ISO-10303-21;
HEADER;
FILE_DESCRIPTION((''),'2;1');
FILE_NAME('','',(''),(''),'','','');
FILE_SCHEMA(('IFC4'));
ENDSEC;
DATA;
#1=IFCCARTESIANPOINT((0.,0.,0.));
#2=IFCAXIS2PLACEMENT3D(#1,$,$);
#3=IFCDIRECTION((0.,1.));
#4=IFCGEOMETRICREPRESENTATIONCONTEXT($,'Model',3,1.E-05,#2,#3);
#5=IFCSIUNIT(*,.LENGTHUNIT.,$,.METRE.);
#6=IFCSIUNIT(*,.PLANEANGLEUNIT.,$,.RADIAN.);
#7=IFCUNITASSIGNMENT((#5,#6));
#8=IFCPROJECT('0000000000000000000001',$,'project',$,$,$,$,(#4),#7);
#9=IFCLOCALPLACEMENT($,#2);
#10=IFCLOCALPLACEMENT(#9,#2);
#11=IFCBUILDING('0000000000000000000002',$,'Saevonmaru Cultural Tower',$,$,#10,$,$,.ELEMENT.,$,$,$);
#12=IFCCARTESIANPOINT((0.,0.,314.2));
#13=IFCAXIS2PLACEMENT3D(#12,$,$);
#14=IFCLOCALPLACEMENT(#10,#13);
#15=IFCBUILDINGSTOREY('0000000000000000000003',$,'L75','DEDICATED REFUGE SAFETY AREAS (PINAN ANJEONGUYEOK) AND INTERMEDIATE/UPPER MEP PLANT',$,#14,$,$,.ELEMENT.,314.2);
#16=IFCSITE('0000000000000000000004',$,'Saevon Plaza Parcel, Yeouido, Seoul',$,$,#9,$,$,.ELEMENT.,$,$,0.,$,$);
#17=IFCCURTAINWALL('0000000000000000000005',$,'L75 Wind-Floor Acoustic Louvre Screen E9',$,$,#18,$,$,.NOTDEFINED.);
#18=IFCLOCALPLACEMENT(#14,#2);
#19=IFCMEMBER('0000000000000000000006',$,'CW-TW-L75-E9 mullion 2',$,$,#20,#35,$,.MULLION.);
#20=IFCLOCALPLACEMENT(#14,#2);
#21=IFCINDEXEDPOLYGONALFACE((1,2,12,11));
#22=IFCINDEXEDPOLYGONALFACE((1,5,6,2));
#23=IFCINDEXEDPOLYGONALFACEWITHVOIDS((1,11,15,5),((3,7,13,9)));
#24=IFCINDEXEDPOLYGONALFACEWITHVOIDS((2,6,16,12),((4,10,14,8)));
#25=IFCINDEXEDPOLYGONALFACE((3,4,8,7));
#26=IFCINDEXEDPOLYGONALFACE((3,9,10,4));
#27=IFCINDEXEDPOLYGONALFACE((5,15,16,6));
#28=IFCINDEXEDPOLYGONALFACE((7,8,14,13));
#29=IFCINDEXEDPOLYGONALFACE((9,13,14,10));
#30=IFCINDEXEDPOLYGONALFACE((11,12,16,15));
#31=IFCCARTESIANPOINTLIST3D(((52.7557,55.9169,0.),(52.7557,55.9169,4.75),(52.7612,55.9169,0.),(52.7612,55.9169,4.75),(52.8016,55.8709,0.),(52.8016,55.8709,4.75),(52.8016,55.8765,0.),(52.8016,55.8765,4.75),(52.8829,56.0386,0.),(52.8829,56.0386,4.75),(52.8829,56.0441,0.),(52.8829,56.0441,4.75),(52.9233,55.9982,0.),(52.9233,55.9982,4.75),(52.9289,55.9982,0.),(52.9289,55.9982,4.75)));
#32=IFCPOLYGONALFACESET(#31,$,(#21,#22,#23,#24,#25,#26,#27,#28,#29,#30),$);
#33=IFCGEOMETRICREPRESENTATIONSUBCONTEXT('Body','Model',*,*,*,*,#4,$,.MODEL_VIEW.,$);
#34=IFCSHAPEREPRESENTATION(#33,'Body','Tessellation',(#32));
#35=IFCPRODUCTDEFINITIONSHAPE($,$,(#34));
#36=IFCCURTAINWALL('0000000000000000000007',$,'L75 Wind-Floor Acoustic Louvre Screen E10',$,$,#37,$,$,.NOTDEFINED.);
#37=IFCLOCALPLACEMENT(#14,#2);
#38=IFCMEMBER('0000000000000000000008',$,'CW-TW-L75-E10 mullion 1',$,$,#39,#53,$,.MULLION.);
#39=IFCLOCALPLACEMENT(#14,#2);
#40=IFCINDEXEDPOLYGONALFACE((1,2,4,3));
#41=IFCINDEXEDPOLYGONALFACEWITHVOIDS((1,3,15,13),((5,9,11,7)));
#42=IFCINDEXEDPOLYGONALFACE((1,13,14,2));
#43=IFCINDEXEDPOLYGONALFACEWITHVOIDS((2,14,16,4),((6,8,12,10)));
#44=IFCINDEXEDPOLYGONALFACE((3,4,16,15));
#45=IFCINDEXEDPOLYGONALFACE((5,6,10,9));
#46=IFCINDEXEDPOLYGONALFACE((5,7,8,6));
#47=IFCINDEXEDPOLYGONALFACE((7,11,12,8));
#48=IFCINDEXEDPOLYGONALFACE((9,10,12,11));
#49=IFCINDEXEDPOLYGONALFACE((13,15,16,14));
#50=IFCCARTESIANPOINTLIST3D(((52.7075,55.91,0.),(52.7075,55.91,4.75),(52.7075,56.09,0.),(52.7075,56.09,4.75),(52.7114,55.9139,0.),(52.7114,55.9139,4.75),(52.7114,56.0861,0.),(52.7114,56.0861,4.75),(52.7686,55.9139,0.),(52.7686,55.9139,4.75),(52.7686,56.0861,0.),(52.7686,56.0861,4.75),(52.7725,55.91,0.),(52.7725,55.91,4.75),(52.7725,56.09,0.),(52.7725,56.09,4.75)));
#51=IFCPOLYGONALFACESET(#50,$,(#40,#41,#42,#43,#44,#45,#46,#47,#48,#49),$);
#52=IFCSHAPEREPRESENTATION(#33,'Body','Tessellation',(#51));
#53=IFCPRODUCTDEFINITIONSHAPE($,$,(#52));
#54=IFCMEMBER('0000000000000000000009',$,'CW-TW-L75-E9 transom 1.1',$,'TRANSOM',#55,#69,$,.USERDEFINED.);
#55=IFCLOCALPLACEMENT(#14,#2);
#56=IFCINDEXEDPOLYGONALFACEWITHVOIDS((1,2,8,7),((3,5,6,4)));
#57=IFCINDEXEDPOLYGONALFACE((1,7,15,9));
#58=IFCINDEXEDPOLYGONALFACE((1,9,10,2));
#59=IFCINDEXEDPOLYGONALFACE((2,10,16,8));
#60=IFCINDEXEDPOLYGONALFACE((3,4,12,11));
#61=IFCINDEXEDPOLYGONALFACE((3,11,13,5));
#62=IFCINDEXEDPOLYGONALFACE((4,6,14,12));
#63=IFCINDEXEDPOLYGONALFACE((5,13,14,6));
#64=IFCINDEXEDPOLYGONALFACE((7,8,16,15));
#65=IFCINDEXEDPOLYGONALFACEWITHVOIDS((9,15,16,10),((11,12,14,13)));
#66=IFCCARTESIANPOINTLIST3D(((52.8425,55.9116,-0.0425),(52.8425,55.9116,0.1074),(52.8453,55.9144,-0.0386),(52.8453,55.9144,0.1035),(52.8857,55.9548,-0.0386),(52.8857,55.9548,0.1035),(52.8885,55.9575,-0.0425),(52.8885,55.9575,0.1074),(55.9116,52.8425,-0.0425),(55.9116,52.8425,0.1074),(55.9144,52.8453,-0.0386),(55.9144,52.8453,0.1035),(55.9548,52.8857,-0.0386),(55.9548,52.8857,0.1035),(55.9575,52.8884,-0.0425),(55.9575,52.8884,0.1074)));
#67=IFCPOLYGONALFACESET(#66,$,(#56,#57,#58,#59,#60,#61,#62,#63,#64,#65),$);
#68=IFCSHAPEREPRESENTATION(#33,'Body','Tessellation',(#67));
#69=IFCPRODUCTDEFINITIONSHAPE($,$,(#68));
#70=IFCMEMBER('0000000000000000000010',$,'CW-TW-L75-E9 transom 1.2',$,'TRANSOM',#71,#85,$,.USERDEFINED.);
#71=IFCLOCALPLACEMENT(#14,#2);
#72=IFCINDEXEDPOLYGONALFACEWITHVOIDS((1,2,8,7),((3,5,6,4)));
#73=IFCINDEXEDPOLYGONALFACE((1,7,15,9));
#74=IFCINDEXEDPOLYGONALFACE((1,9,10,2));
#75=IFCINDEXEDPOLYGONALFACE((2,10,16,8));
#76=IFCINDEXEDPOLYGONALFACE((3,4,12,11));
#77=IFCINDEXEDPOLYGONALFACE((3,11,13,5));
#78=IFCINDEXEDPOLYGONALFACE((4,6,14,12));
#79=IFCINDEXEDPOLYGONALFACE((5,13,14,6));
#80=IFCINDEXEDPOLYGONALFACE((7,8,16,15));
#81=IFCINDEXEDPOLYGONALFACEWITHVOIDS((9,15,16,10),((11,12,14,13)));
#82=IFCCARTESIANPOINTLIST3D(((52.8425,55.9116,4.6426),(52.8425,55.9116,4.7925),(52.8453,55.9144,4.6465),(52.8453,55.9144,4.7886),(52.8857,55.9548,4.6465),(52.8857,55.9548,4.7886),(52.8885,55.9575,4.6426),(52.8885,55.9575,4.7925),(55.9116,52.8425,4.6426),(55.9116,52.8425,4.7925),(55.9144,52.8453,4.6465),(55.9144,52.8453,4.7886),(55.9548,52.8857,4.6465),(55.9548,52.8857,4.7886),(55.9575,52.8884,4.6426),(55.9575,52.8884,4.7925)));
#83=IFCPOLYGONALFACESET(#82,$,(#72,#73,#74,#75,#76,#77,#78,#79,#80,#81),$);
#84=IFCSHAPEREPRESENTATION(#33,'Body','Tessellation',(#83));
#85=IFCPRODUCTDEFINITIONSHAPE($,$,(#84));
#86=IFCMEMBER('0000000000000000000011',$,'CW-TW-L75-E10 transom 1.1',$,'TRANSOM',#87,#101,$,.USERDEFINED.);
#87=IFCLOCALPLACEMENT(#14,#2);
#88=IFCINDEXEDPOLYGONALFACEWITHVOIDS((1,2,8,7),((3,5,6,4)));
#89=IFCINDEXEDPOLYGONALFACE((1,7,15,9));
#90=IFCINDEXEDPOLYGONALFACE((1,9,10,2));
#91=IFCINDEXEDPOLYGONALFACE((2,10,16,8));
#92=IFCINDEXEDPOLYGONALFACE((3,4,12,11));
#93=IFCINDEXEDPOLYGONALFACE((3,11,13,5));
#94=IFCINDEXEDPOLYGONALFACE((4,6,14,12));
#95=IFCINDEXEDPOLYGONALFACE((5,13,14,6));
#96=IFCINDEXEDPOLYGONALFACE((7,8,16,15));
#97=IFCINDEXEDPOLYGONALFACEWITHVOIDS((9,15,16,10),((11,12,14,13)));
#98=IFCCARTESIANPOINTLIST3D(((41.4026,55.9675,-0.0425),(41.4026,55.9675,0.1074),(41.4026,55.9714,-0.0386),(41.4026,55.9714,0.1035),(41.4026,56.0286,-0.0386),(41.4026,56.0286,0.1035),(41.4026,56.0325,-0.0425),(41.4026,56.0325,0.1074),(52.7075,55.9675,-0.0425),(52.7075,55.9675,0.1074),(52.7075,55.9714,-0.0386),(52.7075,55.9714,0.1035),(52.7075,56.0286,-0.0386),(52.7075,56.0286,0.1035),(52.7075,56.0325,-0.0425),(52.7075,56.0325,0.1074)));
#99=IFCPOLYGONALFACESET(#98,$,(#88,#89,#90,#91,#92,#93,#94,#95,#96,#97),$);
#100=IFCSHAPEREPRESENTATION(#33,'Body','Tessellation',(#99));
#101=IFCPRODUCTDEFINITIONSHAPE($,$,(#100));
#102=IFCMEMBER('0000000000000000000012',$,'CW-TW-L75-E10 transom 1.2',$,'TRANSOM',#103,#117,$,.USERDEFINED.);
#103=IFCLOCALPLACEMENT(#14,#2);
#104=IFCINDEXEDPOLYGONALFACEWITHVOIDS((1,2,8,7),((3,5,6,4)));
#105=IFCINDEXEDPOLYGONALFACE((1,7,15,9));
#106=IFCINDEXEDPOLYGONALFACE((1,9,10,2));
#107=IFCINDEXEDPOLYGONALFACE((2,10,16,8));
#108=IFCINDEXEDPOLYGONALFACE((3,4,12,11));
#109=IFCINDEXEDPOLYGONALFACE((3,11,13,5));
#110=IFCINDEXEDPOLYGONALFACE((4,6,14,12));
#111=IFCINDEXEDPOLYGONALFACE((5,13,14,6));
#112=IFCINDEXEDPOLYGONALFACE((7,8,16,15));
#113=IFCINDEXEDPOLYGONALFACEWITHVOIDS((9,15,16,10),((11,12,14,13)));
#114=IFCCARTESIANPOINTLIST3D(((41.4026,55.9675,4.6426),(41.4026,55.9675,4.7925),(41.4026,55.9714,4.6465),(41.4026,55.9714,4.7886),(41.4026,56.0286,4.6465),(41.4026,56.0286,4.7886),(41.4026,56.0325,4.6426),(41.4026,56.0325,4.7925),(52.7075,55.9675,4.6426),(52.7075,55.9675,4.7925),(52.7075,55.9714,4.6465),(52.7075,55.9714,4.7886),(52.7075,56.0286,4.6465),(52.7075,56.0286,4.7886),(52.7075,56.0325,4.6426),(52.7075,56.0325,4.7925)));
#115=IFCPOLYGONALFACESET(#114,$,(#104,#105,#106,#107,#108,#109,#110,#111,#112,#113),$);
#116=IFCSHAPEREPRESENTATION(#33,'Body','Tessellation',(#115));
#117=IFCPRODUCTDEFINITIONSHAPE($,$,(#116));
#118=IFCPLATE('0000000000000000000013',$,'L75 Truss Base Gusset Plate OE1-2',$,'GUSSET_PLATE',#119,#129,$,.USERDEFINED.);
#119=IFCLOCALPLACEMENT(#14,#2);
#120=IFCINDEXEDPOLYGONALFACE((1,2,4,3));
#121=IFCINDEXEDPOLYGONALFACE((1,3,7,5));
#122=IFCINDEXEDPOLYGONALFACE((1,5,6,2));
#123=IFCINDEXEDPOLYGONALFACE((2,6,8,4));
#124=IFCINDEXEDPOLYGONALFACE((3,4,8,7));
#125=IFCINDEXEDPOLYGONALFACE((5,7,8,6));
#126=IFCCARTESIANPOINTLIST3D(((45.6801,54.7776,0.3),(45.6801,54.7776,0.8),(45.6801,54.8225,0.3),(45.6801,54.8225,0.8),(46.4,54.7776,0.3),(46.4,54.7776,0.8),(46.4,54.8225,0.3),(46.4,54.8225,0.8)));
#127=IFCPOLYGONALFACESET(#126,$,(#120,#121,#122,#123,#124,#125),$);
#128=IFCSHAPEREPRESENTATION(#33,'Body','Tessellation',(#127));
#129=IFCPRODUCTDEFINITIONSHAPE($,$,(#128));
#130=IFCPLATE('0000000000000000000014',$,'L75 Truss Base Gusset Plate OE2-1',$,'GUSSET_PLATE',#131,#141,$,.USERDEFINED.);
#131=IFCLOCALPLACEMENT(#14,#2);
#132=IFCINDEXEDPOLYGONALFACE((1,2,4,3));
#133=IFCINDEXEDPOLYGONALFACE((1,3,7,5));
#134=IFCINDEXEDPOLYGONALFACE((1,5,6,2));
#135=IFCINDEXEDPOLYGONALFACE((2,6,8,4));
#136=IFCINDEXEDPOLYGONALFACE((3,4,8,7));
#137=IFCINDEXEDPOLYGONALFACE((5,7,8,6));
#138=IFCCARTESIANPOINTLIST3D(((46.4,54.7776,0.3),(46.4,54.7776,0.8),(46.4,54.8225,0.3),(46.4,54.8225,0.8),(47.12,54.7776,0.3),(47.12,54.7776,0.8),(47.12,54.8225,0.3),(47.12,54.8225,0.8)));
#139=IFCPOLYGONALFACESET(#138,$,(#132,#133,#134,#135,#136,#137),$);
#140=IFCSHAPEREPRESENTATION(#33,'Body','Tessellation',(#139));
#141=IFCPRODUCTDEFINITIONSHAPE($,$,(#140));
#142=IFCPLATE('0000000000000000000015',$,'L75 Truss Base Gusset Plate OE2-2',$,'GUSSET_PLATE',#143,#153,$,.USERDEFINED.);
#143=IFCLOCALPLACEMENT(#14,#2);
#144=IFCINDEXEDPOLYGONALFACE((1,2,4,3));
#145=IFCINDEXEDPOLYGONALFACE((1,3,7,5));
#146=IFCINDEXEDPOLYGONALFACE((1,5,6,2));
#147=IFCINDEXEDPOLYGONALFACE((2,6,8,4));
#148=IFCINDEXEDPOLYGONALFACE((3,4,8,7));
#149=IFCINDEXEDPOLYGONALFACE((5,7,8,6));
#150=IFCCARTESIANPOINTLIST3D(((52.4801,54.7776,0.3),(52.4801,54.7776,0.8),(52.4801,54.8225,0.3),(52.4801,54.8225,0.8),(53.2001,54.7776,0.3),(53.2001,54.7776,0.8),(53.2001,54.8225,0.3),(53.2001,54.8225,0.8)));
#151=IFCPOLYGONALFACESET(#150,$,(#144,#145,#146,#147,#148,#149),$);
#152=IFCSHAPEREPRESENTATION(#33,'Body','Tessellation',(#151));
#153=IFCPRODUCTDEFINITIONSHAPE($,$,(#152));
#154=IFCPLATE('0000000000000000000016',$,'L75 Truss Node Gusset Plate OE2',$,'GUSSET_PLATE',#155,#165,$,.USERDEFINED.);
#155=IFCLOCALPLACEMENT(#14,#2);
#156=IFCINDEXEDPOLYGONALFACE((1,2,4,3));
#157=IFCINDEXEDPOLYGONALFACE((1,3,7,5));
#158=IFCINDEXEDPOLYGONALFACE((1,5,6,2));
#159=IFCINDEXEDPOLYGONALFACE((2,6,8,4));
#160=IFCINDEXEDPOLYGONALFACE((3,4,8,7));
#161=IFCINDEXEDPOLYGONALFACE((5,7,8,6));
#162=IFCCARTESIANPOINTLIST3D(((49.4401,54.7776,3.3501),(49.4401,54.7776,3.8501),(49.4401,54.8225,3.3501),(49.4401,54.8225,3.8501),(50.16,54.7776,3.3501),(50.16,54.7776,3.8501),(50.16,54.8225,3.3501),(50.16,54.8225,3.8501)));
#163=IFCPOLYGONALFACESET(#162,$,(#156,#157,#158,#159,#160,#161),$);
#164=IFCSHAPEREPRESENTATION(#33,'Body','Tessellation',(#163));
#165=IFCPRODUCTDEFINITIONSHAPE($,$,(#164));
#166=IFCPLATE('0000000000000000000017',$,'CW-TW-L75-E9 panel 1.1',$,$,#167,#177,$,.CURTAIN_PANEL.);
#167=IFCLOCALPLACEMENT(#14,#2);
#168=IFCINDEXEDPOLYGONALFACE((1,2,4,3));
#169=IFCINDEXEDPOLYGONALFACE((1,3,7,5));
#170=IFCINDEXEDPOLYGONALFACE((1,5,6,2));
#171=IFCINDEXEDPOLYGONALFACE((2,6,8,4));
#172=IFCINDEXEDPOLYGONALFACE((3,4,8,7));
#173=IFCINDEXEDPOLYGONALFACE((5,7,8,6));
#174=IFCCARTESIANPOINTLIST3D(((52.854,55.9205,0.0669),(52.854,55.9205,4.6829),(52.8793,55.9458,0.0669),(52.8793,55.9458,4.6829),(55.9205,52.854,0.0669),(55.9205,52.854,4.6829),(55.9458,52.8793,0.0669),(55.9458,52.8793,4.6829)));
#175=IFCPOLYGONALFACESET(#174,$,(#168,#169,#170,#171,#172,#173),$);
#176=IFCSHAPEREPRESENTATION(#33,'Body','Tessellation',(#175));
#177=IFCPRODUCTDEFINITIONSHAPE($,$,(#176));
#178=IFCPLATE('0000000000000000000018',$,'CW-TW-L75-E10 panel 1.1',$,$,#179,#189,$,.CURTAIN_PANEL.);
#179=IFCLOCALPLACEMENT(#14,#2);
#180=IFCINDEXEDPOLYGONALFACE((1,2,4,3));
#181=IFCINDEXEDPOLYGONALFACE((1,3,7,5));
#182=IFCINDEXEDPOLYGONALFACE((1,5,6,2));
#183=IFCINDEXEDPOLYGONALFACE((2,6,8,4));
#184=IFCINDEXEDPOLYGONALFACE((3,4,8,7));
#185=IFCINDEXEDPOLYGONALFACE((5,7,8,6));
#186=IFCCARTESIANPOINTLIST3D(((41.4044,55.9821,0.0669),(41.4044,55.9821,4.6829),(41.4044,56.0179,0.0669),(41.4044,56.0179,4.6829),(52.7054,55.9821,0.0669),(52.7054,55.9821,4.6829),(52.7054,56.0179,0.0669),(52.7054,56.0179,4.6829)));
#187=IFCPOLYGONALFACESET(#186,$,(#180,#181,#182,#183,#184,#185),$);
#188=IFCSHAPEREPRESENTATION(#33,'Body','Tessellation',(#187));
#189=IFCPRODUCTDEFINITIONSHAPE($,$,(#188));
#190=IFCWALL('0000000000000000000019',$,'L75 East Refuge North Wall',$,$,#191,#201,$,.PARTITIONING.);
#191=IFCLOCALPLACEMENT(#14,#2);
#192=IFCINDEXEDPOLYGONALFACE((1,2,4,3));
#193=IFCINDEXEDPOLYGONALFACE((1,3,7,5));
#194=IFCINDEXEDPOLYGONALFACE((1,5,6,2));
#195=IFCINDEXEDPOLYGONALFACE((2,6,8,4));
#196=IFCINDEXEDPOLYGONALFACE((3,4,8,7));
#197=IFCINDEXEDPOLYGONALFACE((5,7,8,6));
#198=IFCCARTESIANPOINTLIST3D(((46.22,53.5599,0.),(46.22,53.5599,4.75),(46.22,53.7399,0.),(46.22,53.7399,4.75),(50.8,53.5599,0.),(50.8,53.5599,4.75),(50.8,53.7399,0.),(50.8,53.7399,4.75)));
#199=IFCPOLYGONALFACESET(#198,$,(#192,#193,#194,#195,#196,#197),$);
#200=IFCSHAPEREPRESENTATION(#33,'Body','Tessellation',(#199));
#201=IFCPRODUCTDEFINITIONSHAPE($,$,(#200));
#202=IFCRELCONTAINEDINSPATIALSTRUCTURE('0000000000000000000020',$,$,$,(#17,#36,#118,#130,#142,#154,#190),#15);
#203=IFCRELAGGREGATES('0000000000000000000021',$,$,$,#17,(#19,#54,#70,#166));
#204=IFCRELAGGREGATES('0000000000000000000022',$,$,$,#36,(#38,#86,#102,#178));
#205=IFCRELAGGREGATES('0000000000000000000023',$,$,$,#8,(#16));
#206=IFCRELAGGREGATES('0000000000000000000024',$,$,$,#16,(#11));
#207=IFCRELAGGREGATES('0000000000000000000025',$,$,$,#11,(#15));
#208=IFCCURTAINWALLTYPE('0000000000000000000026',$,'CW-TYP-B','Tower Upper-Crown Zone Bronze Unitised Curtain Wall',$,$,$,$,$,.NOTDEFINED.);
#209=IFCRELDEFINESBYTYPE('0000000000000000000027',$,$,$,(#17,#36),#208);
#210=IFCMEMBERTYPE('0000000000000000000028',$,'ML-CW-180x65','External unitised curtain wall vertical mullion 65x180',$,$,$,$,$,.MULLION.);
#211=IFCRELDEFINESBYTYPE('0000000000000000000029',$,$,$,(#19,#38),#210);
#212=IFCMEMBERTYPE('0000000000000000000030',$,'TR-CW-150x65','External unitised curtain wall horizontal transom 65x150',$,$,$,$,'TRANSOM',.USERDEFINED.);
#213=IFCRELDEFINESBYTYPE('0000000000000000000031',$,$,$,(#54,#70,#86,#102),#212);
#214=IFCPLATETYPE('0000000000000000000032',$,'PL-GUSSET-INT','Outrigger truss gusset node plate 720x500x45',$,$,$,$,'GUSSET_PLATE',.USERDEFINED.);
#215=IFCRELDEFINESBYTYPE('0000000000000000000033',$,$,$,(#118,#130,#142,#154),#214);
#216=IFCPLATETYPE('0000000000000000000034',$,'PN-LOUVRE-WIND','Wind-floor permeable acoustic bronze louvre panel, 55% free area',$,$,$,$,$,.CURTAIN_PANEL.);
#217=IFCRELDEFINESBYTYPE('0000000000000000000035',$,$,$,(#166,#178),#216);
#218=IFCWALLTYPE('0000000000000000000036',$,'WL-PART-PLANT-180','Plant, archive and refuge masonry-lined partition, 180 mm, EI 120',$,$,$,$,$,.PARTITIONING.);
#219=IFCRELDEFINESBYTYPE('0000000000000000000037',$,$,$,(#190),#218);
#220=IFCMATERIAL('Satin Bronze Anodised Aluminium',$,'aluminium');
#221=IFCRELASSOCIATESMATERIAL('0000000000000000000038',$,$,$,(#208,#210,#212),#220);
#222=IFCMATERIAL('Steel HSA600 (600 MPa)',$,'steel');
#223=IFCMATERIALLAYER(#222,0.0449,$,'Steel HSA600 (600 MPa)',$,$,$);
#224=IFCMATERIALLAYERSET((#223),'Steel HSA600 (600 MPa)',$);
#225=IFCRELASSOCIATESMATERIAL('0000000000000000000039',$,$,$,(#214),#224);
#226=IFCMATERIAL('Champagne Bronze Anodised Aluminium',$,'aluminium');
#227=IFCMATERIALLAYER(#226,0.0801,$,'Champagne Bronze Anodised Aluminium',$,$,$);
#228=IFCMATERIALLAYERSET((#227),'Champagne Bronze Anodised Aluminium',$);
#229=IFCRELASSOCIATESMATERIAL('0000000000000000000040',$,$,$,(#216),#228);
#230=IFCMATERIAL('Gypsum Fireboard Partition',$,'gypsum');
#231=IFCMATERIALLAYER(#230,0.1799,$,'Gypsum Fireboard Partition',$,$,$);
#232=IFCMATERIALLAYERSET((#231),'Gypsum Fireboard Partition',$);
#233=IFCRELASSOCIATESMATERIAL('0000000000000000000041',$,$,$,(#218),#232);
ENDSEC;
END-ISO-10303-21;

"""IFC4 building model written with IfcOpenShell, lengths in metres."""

from ifc_helpers import new_model, si_unit, direction, frame, frame_2d, origin, origin_2d, place, context, subcontext, project, spatial, rectangle, hollow_rectangle, extrude, material, layer, layer_set, material_profile, profile_set, type_object, element, aggregate, save


model = new_model("IFC4")

# Units and contexts
model_context = context("Model", 3, precision=1e-05, world=origin(), true_north=direction((0.0, 1.0)))
body_context = subcontext(model_context, "Body", "Model", "MODEL_VIEW")
ifc_project = project(units=[si_unit("LENGTHUNIT", "METRE"), si_unit("PLANEANGLEUNIT", "RADIAN")], contexts=[model_context])

# Site, building, storey
site_placement = place(None, origin())
site = spatial("IfcSite", under=ifc_project, at=site_placement, Name="Saevon Plaza Parcel, Yeouido, Seoul", CompositionType="ELEMENT", RefElevation=0.0)
building_placement = place(site_placement, origin())
building = spatial("IfcBuilding", under=site, at=building_placement, Name="Saevonmaru Cultural Tower", CompositionType="ELEMENT")
storey_placement = place(building_placement, frame((0.0, 0.0, 314.2)))
storey = spatial("IfcBuildingStorey", under=building, at=storey_placement, Name="L75", Description="DEDICATED REFUGE SAFETY AREAS (PINAN ANJEONGUYEOK) AND INTERMEDIATE/UPPER MEP PLANT", CompositionType="ELEMENT", Elevation=314.2)

# Shared definitions
ifc_material_1 = material(Name="Satin Bronze Anodised Aluminium", Category="aluminium")
curtain_wall_type = type_object("IfcCurtainWallType", Name="CW-TYP-B", Description="Tower Upper-Crown Zone Bronze Unitised Curtain Wall", PredefinedType="NOTDEFINED", material=ifc_material_1)
ifc_material_profile_1 = material_profile(ifc_material_1, hollow_rectangle(XDim=0.0649, YDim=0.1799, WallThickness=0.0039, at=origin_2d()), Name="ALU-MULL-180x65x4")
ifc_profile_set_1 = profile_set([ifc_material_profile_1], Name="Satin Bronze Anodised Aluminium")
member_type_1 = type_object("IfcMemberType", Name="ML-CW-180x65", Description="External unitised curtain wall vertical mullion 65x180", PredefinedType="MULLION", material=ifc_profile_set_1)

# Curtain wall, member
curtain_wall_1_placement = place(storey_placement, origin())
curtain_wall_1 = element("IfcCurtainWall", 1, at=curtain_wall_1_placement, inside=storey, type_object=curtain_wall_type, Name="L75 Wind-Floor Acoustic Louvre Screen E9", PredefinedType="NOTDEFINED")
member_1_placement = place(storey_placement, frame((52.8423, 55.9575, 0.0), z_axis=(0.0, 0.0, 1.0), x_axis=(-0.707107, 0.707107, 0.0)))
member_1 = element("IfcMember", 2, at=member_1_placement, type_object=member_type_1, Name="CW-TW-L75-E9 mullion 2", PredefinedType="MULLION", context=body_context, shape_type="SweptSolid", body=[
    extrude(hollow_rectangle(XDim=0.0649, YDim=0.1799, WallThickness=0.0039, at=origin_2d()), origin(), (0.0, 0.0, 1.0), 4.75),
])

# Curtain wall, member
curtain_wall_2_placement = place(storey_placement, origin())
curtain_wall_2 = element("IfcCurtainWall", 3, at=curtain_wall_2_placement, inside=storey, type_object=curtain_wall_type, Name="L75 Wind-Floor Acoustic Louvre Screen E10", PredefinedType="NOTDEFINED")
member_2_placement = place(storey_placement, frame((52.74, 56.0, 0.0), z_axis=(0.0, 0.0, 1.0), x_axis=(-1.0, 0.0, 0.0)))
member_2 = element("IfcMember", 4, at=member_2_placement, type_object=member_type_1, Name="CW-TW-L75-E10 mullion 1", PredefinedType="MULLION", context=body_context, shape_type="SweptSolid", body=[
    extrude(hollow_rectangle(XDim=0.0649, YDim=0.1799, WallThickness=0.0039, at=origin_2d()), origin(), (0.0, 0.0, 1.0), 4.75),
])

# Members
ifc_material_profile_2 = material_profile(ifc_material_1, hollow_rectangle(XDim=0.0649, YDim=0.1499, WallThickness=0.0039, at=origin_2d()), Name="ALU-TRAN-150x65x4")
ifc_profile_set_2 = profile_set([ifc_material_profile_2], Name="Satin Bronze Anodised Aluminium")
member_type_2 = type_object("IfcMemberType", Name="TR-CW-150x65", Description="External unitised curtain wall horizontal transom 65x150", ElementType="TRANSOM", PredefinedType="USERDEFINED", material=ifc_profile_set_2)
member_3_placement = place(storey_placement, frame((55.9346, 52.8655, 0.0325), z_axis=(-0.707107, 0.707107, 0.0), x_axis=(-0.707107, -0.707107, 0.0)))
member_3 = element("IfcMember", 5, at=member_3_placement, type_object=member_type_2, Name="CW-TW-L75-E9 transom 1.1", ObjectType="TRANSOM", PredefinedType="USERDEFINED", context=body_context, shape_type="SweptSolid", body=[
    extrude(hollow_rectangle(XDim=0.0649, YDim=0.1499, WallThickness=0.0039, at=origin_2d()), origin(), (0.0, 0.0, 1.0), 4.3403),
])
member_4_placement = place(storey_placement, frame((55.9346, 52.8655, 4.7175), z_axis=(-0.707107, 0.707107, 0.0), x_axis=(-0.707107, -0.707107, 0.0)))
member_4 = element("IfcMember", 6, at=member_4_placement, type_object=member_type_2, Name="CW-TW-L75-E9 transom 1.2", ObjectType="TRANSOM", PredefinedType="USERDEFINED", context=body_context, shape_type="SweptSolid", body=[
    extrude(hollow_rectangle(XDim=0.0649, YDim=0.1499, WallThickness=0.0039, at=origin_2d()), origin(), (0.0, 0.0, 1.0), 4.3403),
])
member_5_placement = place(storey_placement, frame((52.7075, 56.0, 0.0325), z_axis=(-1.0, 0.0, 0.0), x_axis=(0.0, -1.0, 0.0)))
member_5 = element("IfcMember", 7, at=member_5_placement, type_object=member_type_2, Name="CW-TW-L75-E10 transom 1.1", ObjectType="TRANSOM", PredefinedType="USERDEFINED", context=body_context, shape_type="SweptSolid", body=[
    extrude(hollow_rectangle(XDim=0.0649, YDim=0.1499, WallThickness=0.0039, at=origin_2d()), origin(), (0.0, 0.0, 1.0), 11.3049),
])
member_6_placement = place(storey_placement, frame((52.7075, 56.0, 4.7175), z_axis=(-1.0, 0.0, 0.0), x_axis=(0.0, -1.0, 0.0)))
member_6 = element("IfcMember", 8, at=member_6_placement, type_object=member_type_2, Name="CW-TW-L75-E10 transom 1.2", ObjectType="TRANSOM", PredefinedType="USERDEFINED", context=body_context, shape_type="SweptSolid", body=[
    extrude(hollow_rectangle(XDim=0.0649, YDim=0.1499, WallThickness=0.0039, at=origin_2d()), origin(), (0.0, 0.0, 1.0), 11.3049),
])

# Plates
ifc_material_2 = material(Name="Steel HSA600 (600 MPa)", Category="steel")
ifc_layer_1 = layer(ifc_material_2, 0.0449, Name="Steel HSA600 (600 MPa)")
ifc_layer_set_1 = layer_set([ifc_layer_1], Name="Steel HSA600 (600 MPa)")
plate_type_1 = type_object("IfcPlateType", Name="PL-GUSSET-INT", Description="Outrigger truss gusset node plate 720x500x45", ElementType="GUSSET_PLATE", PredefinedType="USERDEFINED", material=ifc_layer_set_1)
for number, where, z_axis, x_axis, name in (
    (9, (46.04, 54.8, 0.3), (0.0, 0.0, 1.0), (1.0, 0.0, 0.0), "L75 Truss Base Gusset Plate OE1-2"),
    (10, (46.76, 54.8, 0.3), (0.0, 0.0, 1.0), (1.0, 0.0, 0.0), "L75 Truss Base Gusset Plate OE2-1"),
    (11, (52.8401, 54.8, 0.3), (0.0, 0.0, 1.0), (1.0, 0.0, 0.0), "L75 Truss Base Gusset Plate OE2-2"),
    (12, (49.8, 54.8, 3.3501), (0.0, 0.0, 1.0), (1.0, 0.0, 0.0), "L75 Truss Node Gusset Plate OE2"),
):
    element("IfcPlate", number, at=place(storey_placement, frame(where, z_axis=z_axis, x_axis=x_axis)), inside=storey, type_object=plate_type_1, Name=name, ObjectType="GUSSET_PLATE", PredefinedType="USERDEFINED", context=body_context, shape_type="SweptSolid", body=[
        extrude(rectangle(XDim=0.72, YDim=0.0449, at=origin_2d()), origin(), (0.0, 0.0, 1.0), 0.5),
    ])

# Plates
ifc_material_3 = material(Name="Champagne Bronze Anodised Aluminium", Category="aluminium")
ifc_layer_2 = layer(ifc_material_3, 0.0801, Name="Champagne Bronze Anodised Aluminium")
ifc_layer_set_2 = layer_set([ifc_layer_2], Name="Champagne Bronze Anodised Aluminium")
plate_type_2 = type_object("IfcPlateType", Name="PN-LOUVRE-WIND", Description="Wind-floor permeable acoustic bronze louvre panel, 55% free area", PredefinedType="CURTAIN_PANEL", material=ifc_layer_set_2)
plate_1_placement = place(storey_placement, frame((54.3999, 54.3999, 0.0669), z_axis=(0.0, 0.0, 1.0), x_axis=(-0.707107, 0.707107, 0.0)))
plate_1 = element("IfcPlate", 13, at=plate_1_placement, type_object=plate_type_2, Name="CW-TW-L75-E9 panel 1.1", PredefinedType="CURTAIN_PANEL", context=body_context, shape_type="SweptSolid", body=[
    extrude(rectangle(XDim=4.3367, YDim=0.0359, at=origin_2d()), origin(), (0.0, 0.0, 1.0), 4.616),
])
aggregate(curtain_wall_1, [member_1, member_3, member_4, plate_1])
plate_2_placement = place(storey_placement, frame((47.0549, 56.0, 0.0669), z_axis=(0.0, 0.0, 1.0), x_axis=(-1.0, 0.0, 0.0)))
plate_2 = element("IfcPlate", 14, at=plate_2_placement, type_object=plate_type_2, Name="CW-TW-L75-E10 panel 1.1", PredefinedType="CURTAIN_PANEL", context=body_context, shape_type="SweptSolid", body=[
    extrude(rectangle(XDim=11.301, YDim=0.0359, at=origin_2d()), origin(), (0.0, 0.0, 1.0), 4.616),
])
aggregate(curtain_wall_2, [member_2, member_5, member_6, plate_2])

# Wall
ifc_material_4 = material(Name="Gypsum Fireboard Partition", Category="gypsum")
ifc_layer_3 = layer(ifc_material_4, 0.1799, Name="Gypsum Fireboard Partition")
ifc_layer_set_3 = layer_set([ifc_layer_3], Name="Gypsum Fireboard Partition")
wall_type = type_object("IfcWallType", Name="WL-PART-PLANT-180", Description="Plant, archive and refuge masonry-lined partition, 180 mm, EI 120", PredefinedType="PARTITIONING", material=ifc_layer_set_3)
wall_placement = place(storey_placement, frame((46.22, 53.6499, 0.0), z_axis=(0.0, 0.0, 1.0), x_axis=(1.0, 0.0, 0.0)))
element("IfcWall", 15, at=wall_placement, inside=storey, type_object=wall_type, Name="L75 East Refuge North Wall", PredefinedType="PARTITIONING", context=body_context, shape_type="SweptSolid", body=[
    extrude(rectangle(XDim=4.5801, YDim=0.1799, at=frame_2d((2.29, 0.0))), origin(), (0.0, 0.0, 1.0), 4.75),
])

save(model, "model.ifc")
